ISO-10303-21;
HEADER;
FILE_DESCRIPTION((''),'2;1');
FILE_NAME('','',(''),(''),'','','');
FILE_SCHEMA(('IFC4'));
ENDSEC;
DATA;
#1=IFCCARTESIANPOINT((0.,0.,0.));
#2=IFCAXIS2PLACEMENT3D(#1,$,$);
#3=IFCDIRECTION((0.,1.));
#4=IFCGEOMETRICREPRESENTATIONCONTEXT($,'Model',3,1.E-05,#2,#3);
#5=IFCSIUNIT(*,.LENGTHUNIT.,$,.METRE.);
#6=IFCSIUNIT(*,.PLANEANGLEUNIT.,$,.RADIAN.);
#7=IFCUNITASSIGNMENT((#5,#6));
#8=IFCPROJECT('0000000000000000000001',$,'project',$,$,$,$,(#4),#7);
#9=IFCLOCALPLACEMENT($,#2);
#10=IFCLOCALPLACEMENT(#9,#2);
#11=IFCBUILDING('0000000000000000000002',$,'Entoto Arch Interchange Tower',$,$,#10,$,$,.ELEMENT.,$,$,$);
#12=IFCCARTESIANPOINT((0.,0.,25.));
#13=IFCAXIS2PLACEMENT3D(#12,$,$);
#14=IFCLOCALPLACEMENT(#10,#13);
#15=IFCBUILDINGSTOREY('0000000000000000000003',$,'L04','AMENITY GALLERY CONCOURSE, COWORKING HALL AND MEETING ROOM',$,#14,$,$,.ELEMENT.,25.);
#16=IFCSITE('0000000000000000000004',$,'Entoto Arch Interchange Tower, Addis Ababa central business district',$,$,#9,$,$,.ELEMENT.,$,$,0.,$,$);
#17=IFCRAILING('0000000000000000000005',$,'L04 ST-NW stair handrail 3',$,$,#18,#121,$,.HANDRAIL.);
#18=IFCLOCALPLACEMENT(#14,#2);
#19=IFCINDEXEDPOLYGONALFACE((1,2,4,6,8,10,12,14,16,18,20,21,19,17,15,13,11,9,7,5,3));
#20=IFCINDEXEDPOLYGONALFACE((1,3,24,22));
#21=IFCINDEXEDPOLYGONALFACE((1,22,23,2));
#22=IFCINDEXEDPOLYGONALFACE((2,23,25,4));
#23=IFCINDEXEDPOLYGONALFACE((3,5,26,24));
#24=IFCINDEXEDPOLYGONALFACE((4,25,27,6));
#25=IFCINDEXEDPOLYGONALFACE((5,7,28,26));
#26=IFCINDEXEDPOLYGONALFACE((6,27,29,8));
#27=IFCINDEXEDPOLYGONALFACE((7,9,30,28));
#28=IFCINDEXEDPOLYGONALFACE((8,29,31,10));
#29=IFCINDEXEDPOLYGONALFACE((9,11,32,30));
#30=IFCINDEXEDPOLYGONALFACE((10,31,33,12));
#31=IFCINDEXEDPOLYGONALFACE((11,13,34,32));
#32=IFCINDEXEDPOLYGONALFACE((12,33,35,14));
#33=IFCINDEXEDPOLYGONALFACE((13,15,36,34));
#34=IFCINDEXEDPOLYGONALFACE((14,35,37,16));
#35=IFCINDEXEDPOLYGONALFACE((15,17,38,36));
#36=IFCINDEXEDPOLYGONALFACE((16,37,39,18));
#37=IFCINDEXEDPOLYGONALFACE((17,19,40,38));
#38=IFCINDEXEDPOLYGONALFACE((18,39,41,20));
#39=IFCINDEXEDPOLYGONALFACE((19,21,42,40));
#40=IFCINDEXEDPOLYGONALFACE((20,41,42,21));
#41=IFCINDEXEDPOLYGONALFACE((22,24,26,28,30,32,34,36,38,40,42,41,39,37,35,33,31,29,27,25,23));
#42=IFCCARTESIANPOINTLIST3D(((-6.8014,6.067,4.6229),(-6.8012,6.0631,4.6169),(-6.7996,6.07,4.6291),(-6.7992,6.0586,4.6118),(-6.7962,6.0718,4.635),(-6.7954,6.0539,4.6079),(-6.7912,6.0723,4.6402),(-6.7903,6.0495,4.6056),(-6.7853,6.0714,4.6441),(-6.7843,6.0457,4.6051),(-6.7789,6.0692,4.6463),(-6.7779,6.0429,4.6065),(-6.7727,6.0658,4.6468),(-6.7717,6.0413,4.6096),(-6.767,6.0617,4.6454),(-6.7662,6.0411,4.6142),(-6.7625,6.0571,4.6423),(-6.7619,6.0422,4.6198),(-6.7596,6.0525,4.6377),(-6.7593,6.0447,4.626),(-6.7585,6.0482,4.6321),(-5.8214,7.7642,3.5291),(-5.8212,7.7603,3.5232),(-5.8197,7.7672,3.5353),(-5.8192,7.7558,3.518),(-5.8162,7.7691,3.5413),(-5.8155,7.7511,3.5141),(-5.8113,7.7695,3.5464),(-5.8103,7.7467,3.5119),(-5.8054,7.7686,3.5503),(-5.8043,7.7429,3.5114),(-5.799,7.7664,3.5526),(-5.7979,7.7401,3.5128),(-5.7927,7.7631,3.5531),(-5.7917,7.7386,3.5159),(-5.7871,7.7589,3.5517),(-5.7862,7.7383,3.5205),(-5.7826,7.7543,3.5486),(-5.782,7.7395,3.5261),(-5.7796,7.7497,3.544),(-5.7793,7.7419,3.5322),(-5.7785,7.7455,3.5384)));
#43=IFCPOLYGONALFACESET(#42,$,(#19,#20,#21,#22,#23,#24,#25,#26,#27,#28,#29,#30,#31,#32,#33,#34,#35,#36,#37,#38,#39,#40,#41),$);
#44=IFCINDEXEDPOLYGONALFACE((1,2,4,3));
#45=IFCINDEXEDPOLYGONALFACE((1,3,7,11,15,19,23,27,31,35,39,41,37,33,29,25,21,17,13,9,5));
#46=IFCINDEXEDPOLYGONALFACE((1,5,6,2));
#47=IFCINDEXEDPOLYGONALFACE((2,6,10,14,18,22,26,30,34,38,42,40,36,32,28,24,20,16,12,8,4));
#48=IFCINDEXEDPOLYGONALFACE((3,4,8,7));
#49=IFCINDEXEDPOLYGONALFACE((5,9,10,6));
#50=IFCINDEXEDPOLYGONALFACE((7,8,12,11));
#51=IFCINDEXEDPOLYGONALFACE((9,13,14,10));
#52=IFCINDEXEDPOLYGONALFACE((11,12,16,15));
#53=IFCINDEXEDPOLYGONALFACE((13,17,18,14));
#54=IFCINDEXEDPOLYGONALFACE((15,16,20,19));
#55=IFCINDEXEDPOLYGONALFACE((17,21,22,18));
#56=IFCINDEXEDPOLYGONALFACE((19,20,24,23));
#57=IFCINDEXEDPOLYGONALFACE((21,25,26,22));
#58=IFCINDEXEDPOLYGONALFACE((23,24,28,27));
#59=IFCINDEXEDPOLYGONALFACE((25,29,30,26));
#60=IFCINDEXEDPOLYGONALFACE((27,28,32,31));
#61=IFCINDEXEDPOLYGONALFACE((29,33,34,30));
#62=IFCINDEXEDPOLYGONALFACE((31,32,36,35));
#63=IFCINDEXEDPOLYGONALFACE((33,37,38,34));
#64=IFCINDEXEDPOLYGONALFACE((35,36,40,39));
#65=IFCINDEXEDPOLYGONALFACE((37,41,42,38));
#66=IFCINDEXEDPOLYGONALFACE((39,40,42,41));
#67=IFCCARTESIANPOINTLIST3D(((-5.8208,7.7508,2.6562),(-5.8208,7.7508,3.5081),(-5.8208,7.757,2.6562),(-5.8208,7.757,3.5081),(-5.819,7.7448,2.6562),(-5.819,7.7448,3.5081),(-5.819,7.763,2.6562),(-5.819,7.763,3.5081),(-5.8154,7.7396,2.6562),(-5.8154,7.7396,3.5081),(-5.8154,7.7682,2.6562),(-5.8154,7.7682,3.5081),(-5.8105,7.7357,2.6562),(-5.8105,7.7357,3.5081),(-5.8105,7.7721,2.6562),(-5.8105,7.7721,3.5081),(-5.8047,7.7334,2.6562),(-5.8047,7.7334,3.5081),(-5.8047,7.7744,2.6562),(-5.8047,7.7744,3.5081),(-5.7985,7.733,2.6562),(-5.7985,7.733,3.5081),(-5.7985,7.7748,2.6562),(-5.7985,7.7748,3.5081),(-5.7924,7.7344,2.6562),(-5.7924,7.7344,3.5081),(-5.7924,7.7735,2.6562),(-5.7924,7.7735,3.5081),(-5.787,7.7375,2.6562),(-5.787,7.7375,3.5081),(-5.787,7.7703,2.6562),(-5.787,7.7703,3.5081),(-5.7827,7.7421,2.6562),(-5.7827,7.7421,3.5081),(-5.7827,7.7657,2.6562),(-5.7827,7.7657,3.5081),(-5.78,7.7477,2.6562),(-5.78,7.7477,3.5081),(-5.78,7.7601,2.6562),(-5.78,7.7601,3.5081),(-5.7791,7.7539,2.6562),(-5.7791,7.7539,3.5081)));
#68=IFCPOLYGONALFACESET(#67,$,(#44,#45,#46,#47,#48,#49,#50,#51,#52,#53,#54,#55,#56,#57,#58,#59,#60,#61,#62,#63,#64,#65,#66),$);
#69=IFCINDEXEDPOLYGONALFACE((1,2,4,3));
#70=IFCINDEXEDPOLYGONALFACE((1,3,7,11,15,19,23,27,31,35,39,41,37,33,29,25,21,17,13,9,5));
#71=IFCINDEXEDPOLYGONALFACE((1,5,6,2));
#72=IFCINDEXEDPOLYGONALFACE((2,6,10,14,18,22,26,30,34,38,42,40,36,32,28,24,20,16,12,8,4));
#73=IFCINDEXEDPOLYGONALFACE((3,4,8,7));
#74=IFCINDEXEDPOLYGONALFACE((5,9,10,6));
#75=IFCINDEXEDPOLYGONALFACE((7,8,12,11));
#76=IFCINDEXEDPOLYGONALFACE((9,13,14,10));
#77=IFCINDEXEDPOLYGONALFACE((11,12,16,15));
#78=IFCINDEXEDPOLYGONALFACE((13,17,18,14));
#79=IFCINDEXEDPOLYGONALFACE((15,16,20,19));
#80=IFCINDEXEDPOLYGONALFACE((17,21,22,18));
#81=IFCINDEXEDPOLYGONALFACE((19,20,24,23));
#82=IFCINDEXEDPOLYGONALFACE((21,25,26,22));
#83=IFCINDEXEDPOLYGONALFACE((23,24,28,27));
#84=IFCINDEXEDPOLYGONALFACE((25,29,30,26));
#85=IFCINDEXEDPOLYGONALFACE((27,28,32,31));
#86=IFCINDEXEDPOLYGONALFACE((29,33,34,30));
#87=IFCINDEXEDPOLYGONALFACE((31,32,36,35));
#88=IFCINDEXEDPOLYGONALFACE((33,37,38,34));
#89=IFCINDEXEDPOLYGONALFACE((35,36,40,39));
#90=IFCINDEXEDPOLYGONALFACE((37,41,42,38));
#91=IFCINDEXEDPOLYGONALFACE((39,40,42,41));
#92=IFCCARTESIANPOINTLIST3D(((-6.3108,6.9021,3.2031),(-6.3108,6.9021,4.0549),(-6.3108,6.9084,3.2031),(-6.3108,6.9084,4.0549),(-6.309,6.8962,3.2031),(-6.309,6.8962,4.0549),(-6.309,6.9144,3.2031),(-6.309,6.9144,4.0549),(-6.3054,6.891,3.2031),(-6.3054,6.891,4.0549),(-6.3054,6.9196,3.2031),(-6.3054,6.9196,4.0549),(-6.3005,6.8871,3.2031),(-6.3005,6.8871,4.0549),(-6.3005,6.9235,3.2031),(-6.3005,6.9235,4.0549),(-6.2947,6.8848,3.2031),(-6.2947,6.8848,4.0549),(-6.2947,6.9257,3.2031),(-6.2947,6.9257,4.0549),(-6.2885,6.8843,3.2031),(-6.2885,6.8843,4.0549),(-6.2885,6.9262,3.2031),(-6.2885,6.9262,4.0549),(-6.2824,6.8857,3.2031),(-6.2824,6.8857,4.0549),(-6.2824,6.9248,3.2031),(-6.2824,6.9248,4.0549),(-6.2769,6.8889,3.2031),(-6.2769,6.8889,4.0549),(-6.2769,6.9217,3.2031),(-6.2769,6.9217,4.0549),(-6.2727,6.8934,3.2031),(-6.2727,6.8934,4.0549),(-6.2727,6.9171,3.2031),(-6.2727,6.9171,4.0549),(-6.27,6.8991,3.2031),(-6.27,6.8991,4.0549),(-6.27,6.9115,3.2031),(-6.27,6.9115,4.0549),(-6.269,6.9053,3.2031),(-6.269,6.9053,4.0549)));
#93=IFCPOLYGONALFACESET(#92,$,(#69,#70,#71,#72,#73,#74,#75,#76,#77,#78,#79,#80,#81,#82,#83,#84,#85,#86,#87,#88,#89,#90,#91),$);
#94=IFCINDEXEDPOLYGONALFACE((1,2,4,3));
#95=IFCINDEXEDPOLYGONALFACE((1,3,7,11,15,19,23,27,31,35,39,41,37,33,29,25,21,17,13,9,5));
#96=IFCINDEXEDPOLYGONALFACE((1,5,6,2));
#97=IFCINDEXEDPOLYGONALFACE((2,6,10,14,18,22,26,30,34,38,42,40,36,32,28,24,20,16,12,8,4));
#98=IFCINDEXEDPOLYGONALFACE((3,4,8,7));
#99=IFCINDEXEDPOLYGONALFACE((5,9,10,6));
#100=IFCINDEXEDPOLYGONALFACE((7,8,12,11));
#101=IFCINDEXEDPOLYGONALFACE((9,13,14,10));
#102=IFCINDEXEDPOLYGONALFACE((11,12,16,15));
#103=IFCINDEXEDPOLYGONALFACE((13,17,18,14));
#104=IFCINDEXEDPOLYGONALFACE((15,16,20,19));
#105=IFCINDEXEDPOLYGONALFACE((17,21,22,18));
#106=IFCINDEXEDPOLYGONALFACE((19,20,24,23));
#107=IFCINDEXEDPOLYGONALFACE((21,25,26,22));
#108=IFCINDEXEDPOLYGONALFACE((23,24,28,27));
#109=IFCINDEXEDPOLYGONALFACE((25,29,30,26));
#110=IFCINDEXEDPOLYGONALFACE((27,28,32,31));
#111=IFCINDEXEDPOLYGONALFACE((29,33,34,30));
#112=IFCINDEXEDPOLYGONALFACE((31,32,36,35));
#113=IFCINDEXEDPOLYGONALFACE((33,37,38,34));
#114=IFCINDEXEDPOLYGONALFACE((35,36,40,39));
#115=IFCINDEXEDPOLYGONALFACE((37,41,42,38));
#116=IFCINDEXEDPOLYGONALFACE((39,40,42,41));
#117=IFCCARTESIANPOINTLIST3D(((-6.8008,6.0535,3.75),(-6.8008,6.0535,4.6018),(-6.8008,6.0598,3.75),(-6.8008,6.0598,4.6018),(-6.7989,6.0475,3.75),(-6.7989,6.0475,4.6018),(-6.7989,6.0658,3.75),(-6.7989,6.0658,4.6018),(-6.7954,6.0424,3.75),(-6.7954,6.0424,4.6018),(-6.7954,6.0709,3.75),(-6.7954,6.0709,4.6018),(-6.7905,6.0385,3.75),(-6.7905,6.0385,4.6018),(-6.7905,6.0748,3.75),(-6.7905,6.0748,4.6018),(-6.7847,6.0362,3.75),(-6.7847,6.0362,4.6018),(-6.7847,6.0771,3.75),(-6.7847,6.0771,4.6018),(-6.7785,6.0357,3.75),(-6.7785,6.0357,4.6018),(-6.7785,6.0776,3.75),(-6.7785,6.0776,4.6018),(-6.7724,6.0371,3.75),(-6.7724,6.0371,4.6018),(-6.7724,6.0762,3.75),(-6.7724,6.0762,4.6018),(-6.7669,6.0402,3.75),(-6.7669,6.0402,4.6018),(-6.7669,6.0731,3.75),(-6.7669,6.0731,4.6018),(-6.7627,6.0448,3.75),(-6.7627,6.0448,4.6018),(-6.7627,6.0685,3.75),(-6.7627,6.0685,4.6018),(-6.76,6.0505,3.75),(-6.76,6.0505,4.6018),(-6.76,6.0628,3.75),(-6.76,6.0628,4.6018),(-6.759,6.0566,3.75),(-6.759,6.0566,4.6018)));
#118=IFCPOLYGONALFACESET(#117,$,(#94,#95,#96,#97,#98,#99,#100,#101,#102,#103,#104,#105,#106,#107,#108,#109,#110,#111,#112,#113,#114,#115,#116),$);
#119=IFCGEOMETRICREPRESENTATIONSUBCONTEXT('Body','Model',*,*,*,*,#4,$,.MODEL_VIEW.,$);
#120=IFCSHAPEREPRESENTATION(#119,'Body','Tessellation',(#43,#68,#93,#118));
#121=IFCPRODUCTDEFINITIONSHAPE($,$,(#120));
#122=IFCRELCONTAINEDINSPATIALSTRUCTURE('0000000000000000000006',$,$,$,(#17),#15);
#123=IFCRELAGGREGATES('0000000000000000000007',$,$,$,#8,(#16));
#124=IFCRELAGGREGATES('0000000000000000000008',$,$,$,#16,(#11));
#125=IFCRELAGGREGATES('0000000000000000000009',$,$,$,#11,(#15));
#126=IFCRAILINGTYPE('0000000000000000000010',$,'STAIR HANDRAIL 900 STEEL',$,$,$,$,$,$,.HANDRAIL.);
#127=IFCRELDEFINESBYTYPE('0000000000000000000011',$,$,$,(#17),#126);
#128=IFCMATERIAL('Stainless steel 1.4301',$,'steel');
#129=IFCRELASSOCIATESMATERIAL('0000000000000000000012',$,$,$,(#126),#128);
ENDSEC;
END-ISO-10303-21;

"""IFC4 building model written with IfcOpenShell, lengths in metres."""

from ifc_helpers import new_model, si_unit, direction, frame, origin, origin_2d, place, context, subcontext, project, spatial, circle, extrude, material, type_object, element, save


model = new_model("IFC4")

# Units and contexts
model_context = context("Model", 3, precision=1e-05, world=origin(), true_north=direction((0.0, 1.0)))
body_context = subcontext(model_context, "Body", "Model", "MODEL_VIEW")
ifc_project = project(units=[si_unit("LENGTHUNIT", "METRE"), si_unit("PLANEANGLEUNIT", "RADIAN")], contexts=[model_context])

# Site, building, storey
site_placement = place(None, origin())
site = spatial("IfcSite", under=ifc_project, at=site_placement, Name="Entoto Arch Interchange Tower, Addis Ababa central business district", CompositionType="ELEMENT", RefElevation=0.0)
building_placement = place(site_placement, origin())
building = spatial("IfcBuilding", under=site, at=building_placement, Name="Entoto Arch Interchange Tower", CompositionType="ELEMENT")
storey_placement = place(building_placement, frame((0.0, 0.0, 25.0)))
storey = spatial("IfcBuildingStorey", under=building, at=storey_placement, Name="L04", Description="AMENITY GALLERY CONCOURSE, COWORKING HALL AND MEETING ROOM", CompositionType="ELEMENT", Elevation=25.0)

# Railing
ifc_material_1 = material(Name="Stainless steel 1.4301", Category="steel")
railing_type = type_object("IfcRailingType", Name="STAIR HANDRAIL 900 STEEL", PredefinedType="HANDRAIL", material=ifc_material_1)
for number, where, name in (
    (1, (-5.8, 7.7539, 2.6562), "L04 ST-NW stair handrail 3"),
):
    element("IfcRailing", number, at=place(storey_placement, frame(where)), inside=storey, type_object=railing_type, Name=name, PredefinedType="HANDRAIL", context=body_context, shape_type="SweptSolid", body=[
        extrude(circle(Radius=0.0239, at=origin_2d()), frame((0.0, 0.0, 0.876), z_axis=(-0.436632, -0.75622, 0.487323), x_axis=(0.866011, -0.500024, 0.0)), (0.0, 0.0, 1.0), 2.2444),
        extrude(circle(Radius=0.021, at=origin_2d()), origin(), (0.0, 0.0, 1.0), 0.8518),
        extrude(circle(Radius=0.021, at=origin_2d()), frame((-0.49, -0.8486, 0.5469)), (0.0, 0.0, 1.0), 0.8518),
        extrude(circle(Radius=0.021, at=origin_2d()), frame((-0.98, -1.6973, 1.0938)), (0.0, 0.0, 1.0), 0.8518),
    ])

save(model, "model.ifc")
